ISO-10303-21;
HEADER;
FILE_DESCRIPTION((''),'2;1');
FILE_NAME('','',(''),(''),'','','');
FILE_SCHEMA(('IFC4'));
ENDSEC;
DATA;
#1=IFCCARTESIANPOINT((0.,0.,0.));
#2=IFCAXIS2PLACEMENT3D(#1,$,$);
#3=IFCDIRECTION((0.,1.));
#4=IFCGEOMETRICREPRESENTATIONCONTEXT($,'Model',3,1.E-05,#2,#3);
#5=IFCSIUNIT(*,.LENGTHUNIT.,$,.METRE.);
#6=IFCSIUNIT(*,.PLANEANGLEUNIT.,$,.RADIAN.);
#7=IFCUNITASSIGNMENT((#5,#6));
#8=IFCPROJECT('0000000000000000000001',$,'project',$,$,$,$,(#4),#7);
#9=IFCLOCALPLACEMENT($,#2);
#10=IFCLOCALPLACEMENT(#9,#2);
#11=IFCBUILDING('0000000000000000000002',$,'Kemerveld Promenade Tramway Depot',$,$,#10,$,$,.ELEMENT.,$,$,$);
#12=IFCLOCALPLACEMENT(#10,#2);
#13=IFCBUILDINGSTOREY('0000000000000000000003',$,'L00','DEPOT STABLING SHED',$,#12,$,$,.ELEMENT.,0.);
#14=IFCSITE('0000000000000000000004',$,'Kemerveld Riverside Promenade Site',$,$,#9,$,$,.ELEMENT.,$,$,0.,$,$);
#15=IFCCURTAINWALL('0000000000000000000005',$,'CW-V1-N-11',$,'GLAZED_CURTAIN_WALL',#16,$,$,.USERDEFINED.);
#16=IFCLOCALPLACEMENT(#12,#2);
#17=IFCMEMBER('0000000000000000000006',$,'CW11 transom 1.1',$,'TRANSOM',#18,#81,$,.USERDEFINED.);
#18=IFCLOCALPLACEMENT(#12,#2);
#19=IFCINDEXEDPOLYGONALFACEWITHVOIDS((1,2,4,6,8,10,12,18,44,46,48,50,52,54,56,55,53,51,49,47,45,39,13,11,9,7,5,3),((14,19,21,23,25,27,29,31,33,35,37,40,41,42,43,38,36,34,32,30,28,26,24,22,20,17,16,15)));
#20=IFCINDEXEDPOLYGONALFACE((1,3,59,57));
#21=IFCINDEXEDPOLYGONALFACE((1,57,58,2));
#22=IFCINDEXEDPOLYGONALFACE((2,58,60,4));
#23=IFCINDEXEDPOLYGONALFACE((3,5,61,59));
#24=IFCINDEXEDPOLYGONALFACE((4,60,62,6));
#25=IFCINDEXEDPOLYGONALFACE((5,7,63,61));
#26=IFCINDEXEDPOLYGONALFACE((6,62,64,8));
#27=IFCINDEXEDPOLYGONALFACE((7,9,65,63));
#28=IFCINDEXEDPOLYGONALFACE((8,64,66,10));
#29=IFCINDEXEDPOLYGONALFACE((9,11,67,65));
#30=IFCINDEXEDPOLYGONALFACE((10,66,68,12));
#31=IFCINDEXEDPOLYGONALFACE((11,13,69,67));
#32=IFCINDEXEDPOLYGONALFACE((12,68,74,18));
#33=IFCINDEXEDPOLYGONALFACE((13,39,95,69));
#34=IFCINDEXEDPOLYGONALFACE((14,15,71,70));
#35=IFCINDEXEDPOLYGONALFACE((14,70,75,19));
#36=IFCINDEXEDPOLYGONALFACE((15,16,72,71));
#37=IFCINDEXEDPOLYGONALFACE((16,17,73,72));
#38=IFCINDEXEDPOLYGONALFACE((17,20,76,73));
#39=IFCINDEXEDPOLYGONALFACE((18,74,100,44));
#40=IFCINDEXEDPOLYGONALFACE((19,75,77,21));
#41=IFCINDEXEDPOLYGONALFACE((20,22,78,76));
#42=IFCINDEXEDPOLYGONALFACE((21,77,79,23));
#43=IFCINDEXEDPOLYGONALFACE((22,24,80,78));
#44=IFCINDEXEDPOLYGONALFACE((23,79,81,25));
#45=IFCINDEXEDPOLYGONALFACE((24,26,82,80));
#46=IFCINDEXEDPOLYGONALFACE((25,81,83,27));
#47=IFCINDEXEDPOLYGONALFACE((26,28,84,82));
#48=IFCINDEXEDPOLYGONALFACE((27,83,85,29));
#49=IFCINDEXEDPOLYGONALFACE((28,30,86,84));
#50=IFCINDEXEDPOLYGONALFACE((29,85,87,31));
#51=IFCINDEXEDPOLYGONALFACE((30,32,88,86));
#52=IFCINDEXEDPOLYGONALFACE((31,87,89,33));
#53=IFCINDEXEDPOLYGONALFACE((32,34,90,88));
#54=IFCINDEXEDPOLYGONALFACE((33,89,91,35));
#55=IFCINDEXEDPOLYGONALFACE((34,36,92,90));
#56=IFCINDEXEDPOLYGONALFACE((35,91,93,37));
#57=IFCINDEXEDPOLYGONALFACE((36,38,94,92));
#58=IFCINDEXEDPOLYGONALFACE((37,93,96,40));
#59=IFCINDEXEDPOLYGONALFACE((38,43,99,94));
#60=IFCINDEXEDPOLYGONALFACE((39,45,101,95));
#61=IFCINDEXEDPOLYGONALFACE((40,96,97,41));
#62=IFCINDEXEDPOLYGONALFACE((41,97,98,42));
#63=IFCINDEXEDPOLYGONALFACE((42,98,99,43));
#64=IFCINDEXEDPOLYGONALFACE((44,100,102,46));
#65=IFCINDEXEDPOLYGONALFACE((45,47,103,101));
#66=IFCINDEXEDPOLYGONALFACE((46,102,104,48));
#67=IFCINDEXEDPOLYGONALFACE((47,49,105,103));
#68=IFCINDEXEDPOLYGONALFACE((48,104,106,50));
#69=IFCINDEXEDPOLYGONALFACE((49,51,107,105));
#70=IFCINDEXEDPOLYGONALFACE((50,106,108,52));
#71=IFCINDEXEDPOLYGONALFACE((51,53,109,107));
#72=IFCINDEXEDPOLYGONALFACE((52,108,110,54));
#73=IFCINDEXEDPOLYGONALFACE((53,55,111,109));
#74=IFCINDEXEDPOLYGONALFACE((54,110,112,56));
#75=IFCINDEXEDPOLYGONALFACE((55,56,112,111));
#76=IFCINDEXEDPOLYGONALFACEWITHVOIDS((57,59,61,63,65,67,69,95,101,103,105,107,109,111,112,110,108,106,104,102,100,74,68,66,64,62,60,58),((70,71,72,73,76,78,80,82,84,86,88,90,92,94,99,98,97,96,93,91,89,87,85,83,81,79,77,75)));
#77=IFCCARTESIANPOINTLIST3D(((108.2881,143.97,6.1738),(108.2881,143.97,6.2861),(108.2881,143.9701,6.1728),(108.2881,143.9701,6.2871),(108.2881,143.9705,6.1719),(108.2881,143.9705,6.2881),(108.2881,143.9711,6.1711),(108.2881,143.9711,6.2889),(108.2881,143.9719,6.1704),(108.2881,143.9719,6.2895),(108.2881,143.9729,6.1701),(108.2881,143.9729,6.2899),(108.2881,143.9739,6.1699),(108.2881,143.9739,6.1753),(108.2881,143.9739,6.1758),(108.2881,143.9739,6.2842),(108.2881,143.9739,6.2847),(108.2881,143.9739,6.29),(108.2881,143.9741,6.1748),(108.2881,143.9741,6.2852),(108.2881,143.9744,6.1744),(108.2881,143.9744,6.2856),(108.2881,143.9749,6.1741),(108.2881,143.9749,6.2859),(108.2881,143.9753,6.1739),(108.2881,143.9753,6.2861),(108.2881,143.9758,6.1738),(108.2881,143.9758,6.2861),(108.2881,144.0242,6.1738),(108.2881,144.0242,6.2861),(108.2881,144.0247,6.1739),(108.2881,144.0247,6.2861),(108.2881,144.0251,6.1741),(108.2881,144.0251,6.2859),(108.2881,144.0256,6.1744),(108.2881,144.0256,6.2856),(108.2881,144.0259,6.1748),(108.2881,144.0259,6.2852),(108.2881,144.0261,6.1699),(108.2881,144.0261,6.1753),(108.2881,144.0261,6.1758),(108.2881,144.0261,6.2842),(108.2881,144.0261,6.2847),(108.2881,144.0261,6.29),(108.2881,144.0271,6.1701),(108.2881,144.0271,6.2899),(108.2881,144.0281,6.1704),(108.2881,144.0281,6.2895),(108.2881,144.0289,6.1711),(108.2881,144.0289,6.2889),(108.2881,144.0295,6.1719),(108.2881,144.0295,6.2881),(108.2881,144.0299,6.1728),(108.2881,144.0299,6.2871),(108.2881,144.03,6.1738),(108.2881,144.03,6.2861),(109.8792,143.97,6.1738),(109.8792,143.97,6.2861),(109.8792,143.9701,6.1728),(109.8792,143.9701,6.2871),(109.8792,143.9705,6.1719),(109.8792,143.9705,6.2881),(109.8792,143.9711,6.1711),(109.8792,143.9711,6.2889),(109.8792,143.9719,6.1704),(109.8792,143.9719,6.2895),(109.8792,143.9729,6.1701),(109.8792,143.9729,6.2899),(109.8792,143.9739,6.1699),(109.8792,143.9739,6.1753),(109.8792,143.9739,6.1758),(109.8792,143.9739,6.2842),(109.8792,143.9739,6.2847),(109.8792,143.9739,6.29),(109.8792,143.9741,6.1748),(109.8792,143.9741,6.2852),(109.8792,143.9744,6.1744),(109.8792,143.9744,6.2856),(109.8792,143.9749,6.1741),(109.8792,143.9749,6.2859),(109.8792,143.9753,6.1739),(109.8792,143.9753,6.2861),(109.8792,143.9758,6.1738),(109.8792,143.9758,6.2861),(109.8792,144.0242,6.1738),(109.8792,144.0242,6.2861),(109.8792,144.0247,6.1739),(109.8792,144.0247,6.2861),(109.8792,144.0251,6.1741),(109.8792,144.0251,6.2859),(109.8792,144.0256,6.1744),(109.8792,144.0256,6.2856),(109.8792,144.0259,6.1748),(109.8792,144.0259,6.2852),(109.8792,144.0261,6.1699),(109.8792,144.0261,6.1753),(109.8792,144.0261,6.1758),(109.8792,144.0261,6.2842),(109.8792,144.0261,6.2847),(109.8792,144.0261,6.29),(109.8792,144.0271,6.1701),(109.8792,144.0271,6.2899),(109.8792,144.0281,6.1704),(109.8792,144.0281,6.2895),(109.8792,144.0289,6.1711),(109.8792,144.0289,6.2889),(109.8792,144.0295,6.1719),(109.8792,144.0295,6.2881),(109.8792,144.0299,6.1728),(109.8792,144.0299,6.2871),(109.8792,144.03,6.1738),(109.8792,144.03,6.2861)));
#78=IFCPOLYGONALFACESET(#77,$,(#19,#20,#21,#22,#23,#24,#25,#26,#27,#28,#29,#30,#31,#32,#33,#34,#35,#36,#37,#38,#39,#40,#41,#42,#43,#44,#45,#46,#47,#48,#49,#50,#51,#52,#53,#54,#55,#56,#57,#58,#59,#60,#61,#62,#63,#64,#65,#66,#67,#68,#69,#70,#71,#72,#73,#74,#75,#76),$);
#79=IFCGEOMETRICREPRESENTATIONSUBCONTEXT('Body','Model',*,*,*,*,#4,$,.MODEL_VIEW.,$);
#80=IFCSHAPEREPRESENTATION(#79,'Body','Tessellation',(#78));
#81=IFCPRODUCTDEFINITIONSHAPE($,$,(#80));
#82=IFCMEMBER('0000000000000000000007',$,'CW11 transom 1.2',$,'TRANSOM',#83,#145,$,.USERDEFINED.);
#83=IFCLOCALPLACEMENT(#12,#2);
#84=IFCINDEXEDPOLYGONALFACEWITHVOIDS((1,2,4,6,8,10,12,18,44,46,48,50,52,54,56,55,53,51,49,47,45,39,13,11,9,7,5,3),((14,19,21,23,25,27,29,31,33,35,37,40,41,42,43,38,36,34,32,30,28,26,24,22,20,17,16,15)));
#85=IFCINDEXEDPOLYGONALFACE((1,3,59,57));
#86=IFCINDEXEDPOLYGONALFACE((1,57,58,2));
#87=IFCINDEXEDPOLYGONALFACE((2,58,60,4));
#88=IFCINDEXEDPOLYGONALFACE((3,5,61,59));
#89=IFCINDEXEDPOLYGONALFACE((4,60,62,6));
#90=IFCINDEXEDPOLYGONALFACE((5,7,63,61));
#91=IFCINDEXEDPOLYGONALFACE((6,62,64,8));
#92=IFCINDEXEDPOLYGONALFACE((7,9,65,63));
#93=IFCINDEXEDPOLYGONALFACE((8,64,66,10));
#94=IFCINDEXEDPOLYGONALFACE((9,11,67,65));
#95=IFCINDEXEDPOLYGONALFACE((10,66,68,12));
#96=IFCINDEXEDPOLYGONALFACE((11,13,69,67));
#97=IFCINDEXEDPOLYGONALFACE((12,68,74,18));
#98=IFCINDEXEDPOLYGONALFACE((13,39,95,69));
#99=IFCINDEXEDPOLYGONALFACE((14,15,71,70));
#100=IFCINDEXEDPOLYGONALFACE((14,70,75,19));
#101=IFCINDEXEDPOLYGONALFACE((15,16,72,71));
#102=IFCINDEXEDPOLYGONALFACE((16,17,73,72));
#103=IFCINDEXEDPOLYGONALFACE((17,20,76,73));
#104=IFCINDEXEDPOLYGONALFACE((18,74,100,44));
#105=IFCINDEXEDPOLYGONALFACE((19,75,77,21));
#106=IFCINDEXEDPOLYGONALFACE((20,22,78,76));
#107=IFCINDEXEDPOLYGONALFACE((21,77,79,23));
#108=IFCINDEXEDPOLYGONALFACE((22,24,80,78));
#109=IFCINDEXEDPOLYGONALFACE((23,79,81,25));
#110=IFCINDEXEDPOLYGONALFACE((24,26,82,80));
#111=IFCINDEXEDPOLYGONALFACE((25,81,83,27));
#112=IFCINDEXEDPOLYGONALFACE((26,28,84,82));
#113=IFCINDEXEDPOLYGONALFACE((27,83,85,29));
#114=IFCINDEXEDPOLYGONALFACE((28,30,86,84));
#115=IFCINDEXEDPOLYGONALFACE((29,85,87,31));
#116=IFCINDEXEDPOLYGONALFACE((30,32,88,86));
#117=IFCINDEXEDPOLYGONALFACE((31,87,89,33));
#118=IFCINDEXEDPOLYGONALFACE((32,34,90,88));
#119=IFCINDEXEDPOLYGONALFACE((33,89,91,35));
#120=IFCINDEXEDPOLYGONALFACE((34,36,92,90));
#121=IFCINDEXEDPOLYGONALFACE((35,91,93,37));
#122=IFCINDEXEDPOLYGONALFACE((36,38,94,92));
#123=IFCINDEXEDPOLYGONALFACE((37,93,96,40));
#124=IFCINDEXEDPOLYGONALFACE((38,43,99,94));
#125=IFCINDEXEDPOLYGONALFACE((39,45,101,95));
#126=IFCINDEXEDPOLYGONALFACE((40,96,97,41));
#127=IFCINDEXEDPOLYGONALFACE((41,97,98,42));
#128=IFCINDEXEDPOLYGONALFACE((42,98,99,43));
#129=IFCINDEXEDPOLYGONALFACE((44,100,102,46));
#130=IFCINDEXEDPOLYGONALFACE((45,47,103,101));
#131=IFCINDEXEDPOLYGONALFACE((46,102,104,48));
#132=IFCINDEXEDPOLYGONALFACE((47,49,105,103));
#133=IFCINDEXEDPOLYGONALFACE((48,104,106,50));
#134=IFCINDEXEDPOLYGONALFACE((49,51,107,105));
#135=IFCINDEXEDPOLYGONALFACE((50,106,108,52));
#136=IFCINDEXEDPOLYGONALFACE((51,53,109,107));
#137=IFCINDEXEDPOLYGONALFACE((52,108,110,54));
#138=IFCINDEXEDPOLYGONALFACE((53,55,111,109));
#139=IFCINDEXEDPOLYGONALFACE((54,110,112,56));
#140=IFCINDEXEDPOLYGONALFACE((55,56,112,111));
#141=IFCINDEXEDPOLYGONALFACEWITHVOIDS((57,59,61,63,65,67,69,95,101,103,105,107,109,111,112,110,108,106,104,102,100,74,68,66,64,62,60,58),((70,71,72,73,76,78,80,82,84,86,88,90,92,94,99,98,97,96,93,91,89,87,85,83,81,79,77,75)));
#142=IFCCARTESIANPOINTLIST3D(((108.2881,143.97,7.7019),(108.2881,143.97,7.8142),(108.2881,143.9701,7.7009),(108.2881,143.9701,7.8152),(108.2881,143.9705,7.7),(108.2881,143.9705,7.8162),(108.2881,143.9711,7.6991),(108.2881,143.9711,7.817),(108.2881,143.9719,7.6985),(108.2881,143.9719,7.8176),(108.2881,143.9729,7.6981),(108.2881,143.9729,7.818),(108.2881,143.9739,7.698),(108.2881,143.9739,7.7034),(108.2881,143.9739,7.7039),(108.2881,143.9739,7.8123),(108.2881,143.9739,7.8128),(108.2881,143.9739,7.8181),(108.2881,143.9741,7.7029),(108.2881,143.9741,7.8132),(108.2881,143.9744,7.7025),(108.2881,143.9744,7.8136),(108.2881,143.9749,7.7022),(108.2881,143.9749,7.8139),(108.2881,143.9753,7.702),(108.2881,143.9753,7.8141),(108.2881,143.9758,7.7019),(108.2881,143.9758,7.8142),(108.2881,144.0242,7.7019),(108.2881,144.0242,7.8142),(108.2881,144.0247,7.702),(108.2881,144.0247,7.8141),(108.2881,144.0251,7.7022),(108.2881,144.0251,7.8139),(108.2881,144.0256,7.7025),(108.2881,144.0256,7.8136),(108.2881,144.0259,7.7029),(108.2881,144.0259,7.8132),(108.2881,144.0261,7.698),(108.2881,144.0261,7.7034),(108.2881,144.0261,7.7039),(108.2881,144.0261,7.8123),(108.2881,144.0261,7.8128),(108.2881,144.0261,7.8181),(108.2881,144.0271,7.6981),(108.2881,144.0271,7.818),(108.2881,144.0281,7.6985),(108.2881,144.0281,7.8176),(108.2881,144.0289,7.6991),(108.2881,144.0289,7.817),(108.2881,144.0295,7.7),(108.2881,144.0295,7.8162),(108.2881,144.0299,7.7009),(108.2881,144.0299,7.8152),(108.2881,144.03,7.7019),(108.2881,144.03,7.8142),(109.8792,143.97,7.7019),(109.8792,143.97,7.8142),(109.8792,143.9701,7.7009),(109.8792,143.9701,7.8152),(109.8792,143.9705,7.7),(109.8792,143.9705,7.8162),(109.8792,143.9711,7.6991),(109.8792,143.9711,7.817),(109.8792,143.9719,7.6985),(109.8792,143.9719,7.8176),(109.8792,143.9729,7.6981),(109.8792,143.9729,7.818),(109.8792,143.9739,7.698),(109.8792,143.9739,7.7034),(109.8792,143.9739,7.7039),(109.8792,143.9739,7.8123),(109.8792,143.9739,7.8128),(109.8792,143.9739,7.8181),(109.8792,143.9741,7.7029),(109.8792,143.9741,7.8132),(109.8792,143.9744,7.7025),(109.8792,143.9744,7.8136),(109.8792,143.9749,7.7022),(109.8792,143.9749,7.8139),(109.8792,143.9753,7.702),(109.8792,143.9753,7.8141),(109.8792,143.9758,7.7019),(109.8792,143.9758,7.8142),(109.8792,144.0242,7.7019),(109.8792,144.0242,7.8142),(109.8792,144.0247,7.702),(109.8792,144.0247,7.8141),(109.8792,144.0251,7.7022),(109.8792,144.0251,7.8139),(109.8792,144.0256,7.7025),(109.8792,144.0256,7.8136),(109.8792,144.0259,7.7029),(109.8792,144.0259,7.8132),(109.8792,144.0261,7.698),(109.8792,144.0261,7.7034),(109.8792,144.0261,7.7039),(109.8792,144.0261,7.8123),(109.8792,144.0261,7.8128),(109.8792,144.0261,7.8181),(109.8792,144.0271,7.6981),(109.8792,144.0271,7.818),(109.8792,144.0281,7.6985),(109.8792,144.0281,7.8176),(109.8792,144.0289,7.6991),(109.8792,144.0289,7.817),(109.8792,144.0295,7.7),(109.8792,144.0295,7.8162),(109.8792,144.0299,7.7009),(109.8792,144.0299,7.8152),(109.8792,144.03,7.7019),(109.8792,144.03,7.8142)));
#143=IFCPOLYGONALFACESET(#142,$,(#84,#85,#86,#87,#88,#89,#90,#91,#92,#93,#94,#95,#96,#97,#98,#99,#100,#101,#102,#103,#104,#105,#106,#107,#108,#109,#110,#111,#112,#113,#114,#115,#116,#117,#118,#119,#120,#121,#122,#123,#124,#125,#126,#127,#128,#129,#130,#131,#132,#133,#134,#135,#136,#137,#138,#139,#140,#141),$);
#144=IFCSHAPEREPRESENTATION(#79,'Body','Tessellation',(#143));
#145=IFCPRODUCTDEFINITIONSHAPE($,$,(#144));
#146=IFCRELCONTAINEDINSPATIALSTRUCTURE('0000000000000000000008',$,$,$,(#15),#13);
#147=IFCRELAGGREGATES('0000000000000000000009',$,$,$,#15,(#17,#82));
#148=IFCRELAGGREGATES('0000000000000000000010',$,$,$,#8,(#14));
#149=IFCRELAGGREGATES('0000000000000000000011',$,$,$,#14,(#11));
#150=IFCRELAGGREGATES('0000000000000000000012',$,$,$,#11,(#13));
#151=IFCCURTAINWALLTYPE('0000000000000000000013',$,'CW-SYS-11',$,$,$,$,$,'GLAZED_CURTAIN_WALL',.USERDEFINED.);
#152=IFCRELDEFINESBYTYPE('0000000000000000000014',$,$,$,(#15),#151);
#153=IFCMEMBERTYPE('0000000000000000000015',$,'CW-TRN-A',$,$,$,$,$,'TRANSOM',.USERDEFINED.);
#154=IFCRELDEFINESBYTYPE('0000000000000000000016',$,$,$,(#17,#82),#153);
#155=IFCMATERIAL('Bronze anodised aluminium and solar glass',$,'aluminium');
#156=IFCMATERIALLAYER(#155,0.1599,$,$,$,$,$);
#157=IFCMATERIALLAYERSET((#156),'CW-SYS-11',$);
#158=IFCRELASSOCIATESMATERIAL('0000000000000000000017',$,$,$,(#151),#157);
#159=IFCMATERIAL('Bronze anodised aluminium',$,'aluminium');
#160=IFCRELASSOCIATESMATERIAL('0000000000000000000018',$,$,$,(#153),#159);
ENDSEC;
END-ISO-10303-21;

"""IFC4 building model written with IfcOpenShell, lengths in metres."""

from ifc_helpers import new_model, si_unit, direction, frame, origin, origin_2d, place, context, subcontext, project, spatial, hollow_rectangle, extrude, material, layer, layer_set, material_profile, profile_set, type_object, element, aggregate, save


model = new_model("IFC4")

# Units and contexts
model_context = context("Model", 3, precision=1e-05, world=origin(), true_north=direction((0.0, 1.0)))
body_context = subcontext(model_context, "Body", "Model", "MODEL_VIEW")
ifc_project = project(units=[si_unit("LENGTHUNIT", "METRE"), si_unit("PLANEANGLEUNIT", "RADIAN")], contexts=[model_context])

# Site, building, storey
site_placement = place(None, origin())
site = spatial("IfcSite", under=ifc_project, at=site_placement, Name="Kemerveld Riverside Promenade Site", CompositionType="ELEMENT", RefElevation=0.0)
building_placement = place(site_placement, origin())
building = spatial("IfcBuilding", under=site, at=building_placement, Name="Kemerveld Promenade Tramway Depot", CompositionType="ELEMENT")
storey_placement = place(building_placement, origin())
storey = spatial("IfcBuildingStorey", under=building, at=storey_placement, Name="L00", Description="DEPOT STABLING SHED", CompositionType="ELEMENT", Elevation=0.0)

# Curtain wall
ifc_material_1 = material(Name="Bronze anodised aluminium and solar glass", Category="aluminium")
ifc_layer_1 = layer(ifc_material_1, 0.1599)
ifc_layer_set_1 = layer_set([ifc_layer_1], Name="CW-SYS-11")
curtain_wall_type_1 = type_object("IfcCurtainWallType", Name="CW-SYS-11", ElementType="GLAZED_CURTAIN_WALL", PredefinedType="USERDEFINED", material=ifc_layer_set_1)
curtain_wall_1_placement = place(storey_placement, origin())
curtain_wall_1 = element("IfcCurtainWall", 1, at=curtain_wall_1_placement, inside=storey, type_object=curtain_wall_type_1, Name="CW-V1-N-11", ObjectType="GLAZED_CURTAIN_WALL", PredefinedType="USERDEFINED")
ifc_material_2 = material(Name="Bronze anodised aluminium", Category="aluminium")

# Members
ifc_material_profile_1 = material_profile(ifc_material_2, hollow_rectangle(XDim=0.0601, YDim=0.1201, WallThickness=0.0039, InnerFilletRadius=0.002, OuterFilletRadius=0.0039, at=origin_2d()), Name="CW-TRN-120x60")
ifc_profile_set_1 = profile_set([ifc_material_profile_1], Name="Bronze anodised aluminium")
member_type_1 = type_object("IfcMemberType", Name="CW-TRN-A", ElementType="TRANSOM", PredefinedType="USERDEFINED", material=ifc_profile_set_1)
member_1_placement = place(storey_placement, frame((108.2881, 144.0, 6.23), z_axis=(1.0, 0.0, 0.0), x_axis=(0.0, 1.0, 0.0)))
member_1 = element("IfcMember", 2, at=member_1_placement, type_object=member_type_1, Name="CW11 transom 1.1", ObjectType="TRANSOM", PredefinedType="USERDEFINED", context=body_context, shape_type="SweptSolid", body=[
    extrude(hollow_rectangle(XDim=0.0601, YDim=0.1201, WallThickness=0.0039, InnerFilletRadius=0.002, OuterFilletRadius=0.0039, at=origin_2d()), origin(), (0.0, 0.0, 1.0), 1.5911),
])
member_2_placement = place(storey_placement, frame((108.2881, 144.0, 7.7581), z_axis=(1.0, 0.0, 0.0), x_axis=(0.0, 1.0, 0.0)))
member_2 = element("IfcMember", 3, at=member_2_placement, type_object=member_type_1, Name="CW11 transom 1.2", ObjectType="TRANSOM", PredefinedType="USERDEFINED", context=body_context, shape_type="SweptSolid", body=[
    extrude(hollow_rectangle(XDim=0.0601, YDim=0.1201, WallThickness=0.0039, InnerFilletRadius=0.002, OuterFilletRadius=0.0039, at=origin_2d()), origin(), (0.0, 0.0, 1.0), 1.5911),
])

aggregate(curtain_wall_1, [member_1, member_2])

save(model, "model.ifc")
